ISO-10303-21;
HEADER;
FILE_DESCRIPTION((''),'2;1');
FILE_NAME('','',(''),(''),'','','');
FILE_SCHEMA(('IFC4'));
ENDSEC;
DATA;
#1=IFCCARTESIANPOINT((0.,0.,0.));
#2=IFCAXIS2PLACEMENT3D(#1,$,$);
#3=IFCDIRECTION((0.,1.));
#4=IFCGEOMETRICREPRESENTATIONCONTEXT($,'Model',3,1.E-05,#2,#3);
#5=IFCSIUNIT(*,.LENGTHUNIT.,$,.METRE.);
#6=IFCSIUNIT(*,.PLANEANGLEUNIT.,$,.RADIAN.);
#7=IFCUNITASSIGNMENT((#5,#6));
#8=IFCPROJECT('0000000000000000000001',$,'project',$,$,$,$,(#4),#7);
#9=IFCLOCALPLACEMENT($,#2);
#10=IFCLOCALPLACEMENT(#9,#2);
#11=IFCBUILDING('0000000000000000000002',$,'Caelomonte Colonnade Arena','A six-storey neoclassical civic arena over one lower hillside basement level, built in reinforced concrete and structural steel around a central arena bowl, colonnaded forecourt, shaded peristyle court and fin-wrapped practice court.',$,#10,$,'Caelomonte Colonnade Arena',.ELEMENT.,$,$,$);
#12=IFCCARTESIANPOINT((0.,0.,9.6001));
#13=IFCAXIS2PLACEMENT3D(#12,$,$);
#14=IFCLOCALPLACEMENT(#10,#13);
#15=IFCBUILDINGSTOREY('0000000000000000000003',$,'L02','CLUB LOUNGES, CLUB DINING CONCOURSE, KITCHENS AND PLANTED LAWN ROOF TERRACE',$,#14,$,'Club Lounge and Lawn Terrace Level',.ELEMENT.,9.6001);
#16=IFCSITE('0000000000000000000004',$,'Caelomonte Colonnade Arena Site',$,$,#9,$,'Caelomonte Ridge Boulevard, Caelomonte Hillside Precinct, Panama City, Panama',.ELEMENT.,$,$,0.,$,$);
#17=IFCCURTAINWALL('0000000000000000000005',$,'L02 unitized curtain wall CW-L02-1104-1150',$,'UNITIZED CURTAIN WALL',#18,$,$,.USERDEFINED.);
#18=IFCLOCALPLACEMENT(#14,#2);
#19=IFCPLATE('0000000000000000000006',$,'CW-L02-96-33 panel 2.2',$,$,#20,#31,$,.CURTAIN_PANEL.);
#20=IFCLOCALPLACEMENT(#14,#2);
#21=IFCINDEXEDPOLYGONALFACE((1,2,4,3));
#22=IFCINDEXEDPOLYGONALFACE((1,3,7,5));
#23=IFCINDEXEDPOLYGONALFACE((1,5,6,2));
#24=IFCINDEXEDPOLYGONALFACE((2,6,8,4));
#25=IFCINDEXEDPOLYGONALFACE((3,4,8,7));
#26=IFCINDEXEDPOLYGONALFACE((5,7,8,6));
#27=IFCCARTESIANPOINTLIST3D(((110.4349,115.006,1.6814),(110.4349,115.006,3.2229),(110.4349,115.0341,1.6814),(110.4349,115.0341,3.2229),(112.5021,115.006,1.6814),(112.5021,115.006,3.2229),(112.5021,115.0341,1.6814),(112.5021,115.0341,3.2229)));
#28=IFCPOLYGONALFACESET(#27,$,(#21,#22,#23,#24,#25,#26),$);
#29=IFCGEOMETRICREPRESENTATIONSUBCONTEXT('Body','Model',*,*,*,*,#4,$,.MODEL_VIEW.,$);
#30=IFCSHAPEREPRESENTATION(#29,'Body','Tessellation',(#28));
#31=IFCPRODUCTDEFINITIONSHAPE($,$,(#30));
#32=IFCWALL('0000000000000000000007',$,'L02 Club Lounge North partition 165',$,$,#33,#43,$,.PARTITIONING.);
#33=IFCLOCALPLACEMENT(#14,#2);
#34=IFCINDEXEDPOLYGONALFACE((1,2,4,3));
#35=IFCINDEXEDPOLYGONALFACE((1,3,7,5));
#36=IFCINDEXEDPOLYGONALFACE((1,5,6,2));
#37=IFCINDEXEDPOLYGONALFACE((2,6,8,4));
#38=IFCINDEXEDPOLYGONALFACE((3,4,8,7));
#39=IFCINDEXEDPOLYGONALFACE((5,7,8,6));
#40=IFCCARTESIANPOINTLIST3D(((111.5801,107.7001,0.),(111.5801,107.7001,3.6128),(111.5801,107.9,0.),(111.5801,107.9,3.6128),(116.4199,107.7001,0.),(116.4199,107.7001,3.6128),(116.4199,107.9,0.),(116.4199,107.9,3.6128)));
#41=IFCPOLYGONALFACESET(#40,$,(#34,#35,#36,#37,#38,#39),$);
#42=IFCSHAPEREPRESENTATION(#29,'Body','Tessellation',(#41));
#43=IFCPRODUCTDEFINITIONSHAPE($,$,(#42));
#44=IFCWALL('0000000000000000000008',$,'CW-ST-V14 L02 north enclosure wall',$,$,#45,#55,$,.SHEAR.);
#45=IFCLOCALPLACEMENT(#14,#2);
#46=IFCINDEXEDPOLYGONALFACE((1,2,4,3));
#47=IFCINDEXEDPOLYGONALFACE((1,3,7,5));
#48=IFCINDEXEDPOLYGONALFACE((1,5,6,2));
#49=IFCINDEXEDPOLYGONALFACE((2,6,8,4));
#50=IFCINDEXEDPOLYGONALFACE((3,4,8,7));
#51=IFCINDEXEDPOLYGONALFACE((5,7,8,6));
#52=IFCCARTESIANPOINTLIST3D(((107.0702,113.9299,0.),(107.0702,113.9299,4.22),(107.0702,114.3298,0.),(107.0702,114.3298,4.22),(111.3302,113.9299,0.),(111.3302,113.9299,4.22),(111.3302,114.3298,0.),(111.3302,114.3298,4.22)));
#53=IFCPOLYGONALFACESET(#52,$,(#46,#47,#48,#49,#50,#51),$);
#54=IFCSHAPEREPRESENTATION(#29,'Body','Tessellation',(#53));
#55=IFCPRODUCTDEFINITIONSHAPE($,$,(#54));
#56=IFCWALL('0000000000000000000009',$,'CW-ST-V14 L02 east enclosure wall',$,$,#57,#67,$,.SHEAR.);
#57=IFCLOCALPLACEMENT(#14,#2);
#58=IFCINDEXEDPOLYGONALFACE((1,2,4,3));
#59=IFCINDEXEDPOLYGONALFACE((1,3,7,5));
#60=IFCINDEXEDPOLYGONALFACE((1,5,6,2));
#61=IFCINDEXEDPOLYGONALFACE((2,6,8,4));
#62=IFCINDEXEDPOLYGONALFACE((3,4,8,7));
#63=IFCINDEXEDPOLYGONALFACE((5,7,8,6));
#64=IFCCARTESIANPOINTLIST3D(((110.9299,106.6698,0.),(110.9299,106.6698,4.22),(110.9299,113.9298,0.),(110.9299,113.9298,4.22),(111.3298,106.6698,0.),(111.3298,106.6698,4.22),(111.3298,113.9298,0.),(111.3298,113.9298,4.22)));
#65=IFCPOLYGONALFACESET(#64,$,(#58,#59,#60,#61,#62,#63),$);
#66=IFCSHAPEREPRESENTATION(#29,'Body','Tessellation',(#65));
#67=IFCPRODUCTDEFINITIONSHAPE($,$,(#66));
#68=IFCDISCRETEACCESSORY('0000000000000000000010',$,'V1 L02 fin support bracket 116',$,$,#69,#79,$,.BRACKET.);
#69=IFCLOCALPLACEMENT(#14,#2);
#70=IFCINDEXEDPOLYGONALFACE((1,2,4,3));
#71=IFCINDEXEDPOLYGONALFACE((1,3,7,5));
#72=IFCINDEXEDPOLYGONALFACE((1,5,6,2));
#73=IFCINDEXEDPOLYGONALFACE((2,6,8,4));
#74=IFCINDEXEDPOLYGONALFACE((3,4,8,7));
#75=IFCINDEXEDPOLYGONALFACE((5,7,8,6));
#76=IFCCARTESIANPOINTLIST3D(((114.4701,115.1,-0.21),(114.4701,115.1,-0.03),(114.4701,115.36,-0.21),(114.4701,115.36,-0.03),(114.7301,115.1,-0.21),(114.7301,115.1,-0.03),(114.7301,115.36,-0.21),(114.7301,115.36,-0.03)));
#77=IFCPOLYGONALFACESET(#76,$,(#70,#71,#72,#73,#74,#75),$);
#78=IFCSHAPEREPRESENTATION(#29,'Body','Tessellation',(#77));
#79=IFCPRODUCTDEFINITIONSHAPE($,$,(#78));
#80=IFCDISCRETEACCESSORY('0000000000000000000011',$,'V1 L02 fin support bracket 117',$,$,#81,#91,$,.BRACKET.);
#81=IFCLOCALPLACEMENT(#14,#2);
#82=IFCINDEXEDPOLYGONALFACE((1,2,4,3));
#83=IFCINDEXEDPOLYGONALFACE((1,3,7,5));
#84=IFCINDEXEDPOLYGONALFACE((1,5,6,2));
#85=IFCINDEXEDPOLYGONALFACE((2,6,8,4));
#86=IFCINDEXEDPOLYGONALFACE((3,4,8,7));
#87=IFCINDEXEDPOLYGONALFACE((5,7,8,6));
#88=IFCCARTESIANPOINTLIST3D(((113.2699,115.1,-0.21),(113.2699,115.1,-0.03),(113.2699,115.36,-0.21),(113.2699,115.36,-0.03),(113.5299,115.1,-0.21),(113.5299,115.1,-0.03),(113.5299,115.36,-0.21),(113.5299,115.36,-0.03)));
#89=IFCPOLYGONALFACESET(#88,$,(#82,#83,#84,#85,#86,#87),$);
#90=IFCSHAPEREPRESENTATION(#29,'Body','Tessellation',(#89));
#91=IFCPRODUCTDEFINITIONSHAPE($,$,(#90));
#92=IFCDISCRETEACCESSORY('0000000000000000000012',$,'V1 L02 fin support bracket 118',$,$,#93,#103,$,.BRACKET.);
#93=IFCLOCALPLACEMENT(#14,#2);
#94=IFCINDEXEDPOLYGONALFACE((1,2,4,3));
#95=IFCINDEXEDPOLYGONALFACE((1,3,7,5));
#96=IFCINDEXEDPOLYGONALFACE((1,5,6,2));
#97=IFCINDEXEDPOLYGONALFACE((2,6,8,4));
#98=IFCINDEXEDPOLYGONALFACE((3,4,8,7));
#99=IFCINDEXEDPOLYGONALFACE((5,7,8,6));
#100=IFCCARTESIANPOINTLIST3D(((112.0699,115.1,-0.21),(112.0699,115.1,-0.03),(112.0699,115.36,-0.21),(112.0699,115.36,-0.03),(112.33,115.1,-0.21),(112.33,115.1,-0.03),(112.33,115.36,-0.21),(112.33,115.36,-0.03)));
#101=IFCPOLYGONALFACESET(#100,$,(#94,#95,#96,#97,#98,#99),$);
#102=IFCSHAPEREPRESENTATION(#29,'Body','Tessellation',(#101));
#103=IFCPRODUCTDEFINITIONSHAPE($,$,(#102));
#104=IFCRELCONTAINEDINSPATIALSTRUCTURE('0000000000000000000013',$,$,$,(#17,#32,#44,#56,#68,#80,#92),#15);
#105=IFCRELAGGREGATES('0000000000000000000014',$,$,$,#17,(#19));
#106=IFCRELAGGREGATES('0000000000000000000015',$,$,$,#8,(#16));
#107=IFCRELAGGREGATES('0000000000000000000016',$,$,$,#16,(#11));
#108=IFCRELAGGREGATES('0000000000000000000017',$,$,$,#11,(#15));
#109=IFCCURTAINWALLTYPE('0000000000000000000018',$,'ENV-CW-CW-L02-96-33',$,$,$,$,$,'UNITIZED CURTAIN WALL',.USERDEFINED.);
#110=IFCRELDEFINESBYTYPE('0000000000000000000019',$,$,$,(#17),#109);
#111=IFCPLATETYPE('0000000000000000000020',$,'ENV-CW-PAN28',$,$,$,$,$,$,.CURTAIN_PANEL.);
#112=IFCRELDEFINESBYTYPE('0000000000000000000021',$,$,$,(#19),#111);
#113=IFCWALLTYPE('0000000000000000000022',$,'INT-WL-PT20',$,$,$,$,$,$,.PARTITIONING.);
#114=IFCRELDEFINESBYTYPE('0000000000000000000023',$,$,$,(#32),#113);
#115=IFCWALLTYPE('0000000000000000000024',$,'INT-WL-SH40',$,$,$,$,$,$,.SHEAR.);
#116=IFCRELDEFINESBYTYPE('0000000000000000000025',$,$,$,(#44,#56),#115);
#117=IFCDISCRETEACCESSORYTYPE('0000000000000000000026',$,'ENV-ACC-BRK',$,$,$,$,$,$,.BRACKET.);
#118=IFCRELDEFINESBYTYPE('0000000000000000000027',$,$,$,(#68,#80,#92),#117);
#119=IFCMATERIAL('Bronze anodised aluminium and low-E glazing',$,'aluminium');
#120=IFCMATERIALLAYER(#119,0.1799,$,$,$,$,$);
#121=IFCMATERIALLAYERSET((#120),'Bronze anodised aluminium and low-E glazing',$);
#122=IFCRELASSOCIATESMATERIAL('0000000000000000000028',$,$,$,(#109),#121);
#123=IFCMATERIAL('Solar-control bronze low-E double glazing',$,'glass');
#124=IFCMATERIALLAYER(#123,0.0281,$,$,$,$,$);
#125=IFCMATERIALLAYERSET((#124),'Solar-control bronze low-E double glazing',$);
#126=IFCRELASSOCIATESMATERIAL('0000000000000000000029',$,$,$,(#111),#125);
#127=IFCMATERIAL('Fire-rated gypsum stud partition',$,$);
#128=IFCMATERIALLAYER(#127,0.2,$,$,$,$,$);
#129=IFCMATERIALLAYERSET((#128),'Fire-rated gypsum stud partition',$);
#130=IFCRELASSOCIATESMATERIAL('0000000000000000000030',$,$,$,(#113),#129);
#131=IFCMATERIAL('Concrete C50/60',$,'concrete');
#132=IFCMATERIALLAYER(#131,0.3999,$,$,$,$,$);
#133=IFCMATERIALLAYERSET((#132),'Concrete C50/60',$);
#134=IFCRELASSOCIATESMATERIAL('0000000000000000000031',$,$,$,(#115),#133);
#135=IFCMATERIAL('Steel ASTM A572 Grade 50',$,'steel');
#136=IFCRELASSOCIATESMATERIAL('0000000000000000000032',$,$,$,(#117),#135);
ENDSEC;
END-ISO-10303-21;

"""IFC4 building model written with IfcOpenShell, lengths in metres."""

from ifc_helpers import new_model, si_unit, direction, frame, frame_2d, origin, origin_2d, place, context, subcontext, project, spatial, rectangle, extrude, material, layer, layer_set, type_object, element, aggregate, save


model = new_model("IFC4")

# Units and contexts
model_context = context("Model", 3, precision=1e-05, world=origin(), true_north=direction((0.0, 1.0)))
body_context = subcontext(model_context, "Body", "Model", "MODEL_VIEW")
ifc_project = project(units=[si_unit("LENGTHUNIT", "METRE"), si_unit("PLANEANGLEUNIT", "RADIAN")], contexts=[model_context])

# Site, building, storey
site_placement = place(None, origin())
site = spatial("IfcSite", under=ifc_project, at=site_placement, Name="Caelomonte Colonnade Arena Site", LongName="Caelomonte Ridge Boulevard, Caelomonte Hillside Precinct, Panama City, Panama", CompositionType="ELEMENT", RefElevation=0.0)
building_placement = place(site_placement, origin())
building = spatial("IfcBuilding", under=site, at=building_placement, Name="Caelomonte Colonnade Arena", Description="A six-storey neoclassical civic arena over one lower hillside basement level, built in reinforced concrete and structural steel around a central arena bowl, colonnaded forecourt, shaded peristyle court and fin-wrapped practice court.", LongName="Caelomonte Colonnade Arena", CompositionType="ELEMENT")
storey_placement = place(building_placement, frame((0.0, 0.0, 9.6001)))
storey = spatial("IfcBuildingStorey", under=building, at=storey_placement, Name="L02", Description="CLUB LOUNGES, CLUB DINING CONCOURSE, KITCHENS AND PLANTED LAWN ROOF TERRACE", LongName="Club Lounge and Lawn Terrace Level", CompositionType="ELEMENT", Elevation=9.6001)

# Shared definitions
ifc_material_1 = material(Name="Concrete C50/60", Category="concrete")

# Shared definitions
ifc_material_2 = material(Name="Bronze anodised aluminium and low-E glazing", Category="aluminium")
ifc_layer_1 = layer(ifc_material_2, 0.1799)
ifc_layer_set_1 = layer_set([ifc_layer_1], Name="Bronze anodised aluminium and low-E glazing")
curtain_wall_type = type_object("IfcCurtainWallType", Name="ENV-CW-CW-L02-96-33", ElementType="UNITIZED CURTAIN WALL", PredefinedType="USERDEFINED", material=ifc_layer_set_1)

# Curtain wall
curtain_wall_1_placement = place(storey_placement, origin())
curtain_wall_1 = element("IfcCurtainWall", 1, at=curtain_wall_1_placement, inside=storey, type_object=curtain_wall_type, Name="L02 unitized curtain wall CW-L02-1104-1150", ObjectType="UNITIZED CURTAIN WALL", PredefinedType="USERDEFINED")

# Plate
ifc_material_3 = material(Name="Solar-control bronze low-E double glazing", Category="glass")
ifc_layer_2 = layer(ifc_material_3, 0.0281)
ifc_layer_set_2 = layer_set([ifc_layer_2], Name="Solar-control bronze low-E double glazing")
plate_type = type_object("IfcPlateType", Name="ENV-CW-PAN28", PredefinedType="CURTAIN_PANEL", material=ifc_layer_set_2)
plate_1_placement = place(storey_placement, frame((111.4685, 115.02, 1.6814), z_axis=(0.0, 0.0, 1.0), x_axis=(-1.0, 0.0, 0.0)))
plate_1 = element("IfcPlate", 2, at=plate_1_placement, type_object=plate_type, Name="CW-L02-96-33 panel 2.2", PredefinedType="CURTAIN_PANEL", context=body_context, shape_type="SweptSolid", body=[
    extrude(rectangle(XDim=2.0671, YDim=0.0281, at=origin_2d()), origin(), (0.0, 0.0, 1.0), 1.5415),
])
aggregate(curtain_wall_1, [plate_1])

# Walls
ifc_material_4 = material(Name="Fire-rated gypsum stud partition")
ifc_layer_3 = layer(ifc_material_4, 0.2)
ifc_layer_set_3 = layer_set([ifc_layer_3], Name="Fire-rated gypsum stud partition")
wall_type_1 = type_object("IfcWallType", Name="INT-WL-PT20", PredefinedType="PARTITIONING", material=ifc_layer_set_3)
wall_1_placement = place(storey_placement, frame((111.5801, 107.8, 0.0), z_axis=(0.0, 0.0, 1.0), x_axis=(1.0, 0.0, 0.0)))
element("IfcWall", 3, at=wall_1_placement, inside=storey, type_object=wall_type_1, Name="L02 Club Lounge North partition 165", PredefinedType="PARTITIONING", context=body_context, shape_type="SweptSolid", body=[
    extrude(rectangle(XDim=4.8398, YDim=0.2, at=frame_2d((2.4199, 0.0))), origin(), (0.0, 0.0, 1.0), 3.6128),
])
ifc_layer_4 = layer(ifc_material_1, 0.3999)
ifc_layer_set_4 = layer_set([ifc_layer_4], Name="Concrete C50/60")
wall_type_2 = type_object("IfcWallType", Name="INT-WL-SH40", PredefinedType="SHEAR", material=ifc_layer_set_4)
wall_2_placement = place(storey_placement, frame((111.3301, 114.1299, 0.0), z_axis=(0.0, 0.0, 1.0), x_axis=(-1.0, 0.0, 0.0)))
element("IfcWall", 4, at=wall_2_placement, inside=storey, type_object=wall_type_2, Name="CW-ST-V14 L02 north enclosure wall", PredefinedType="SHEAR", context=body_context, shape_type="SweptSolid", body=[
    extrude(rectangle(XDim=4.26, YDim=0.3999, at=frame_2d((2.1299, 0.0))), origin(), (0.0, 0.0, 1.0), 4.22),
])
wall_3_placement = place(storey_placement, frame((111.1299, 106.6699, 0.0), z_axis=(0.0, 0.0, 1.0), x_axis=(0.0, 1.0, 0.0)))
element("IfcWall", 5, at=wall_3_placement, inside=storey, type_object=wall_type_2, Name="CW-ST-V14 L02 east enclosure wall", PredefinedType="SHEAR", context=body_context, shape_type="SweptSolid", body=[
    extrude(rectangle(XDim=7.26, YDim=0.3999, at=frame_2d((3.6299, 0.0))), origin(), (0.0, 0.0, 1.0), 4.22),
])

# Discrete accessories
ifc_material_5 = material(Name="Steel ASTM A572 Grade 50", Category="steel")
discrete_accessory_type = type_object("IfcDiscreteAccessoryType", Name="ENV-ACC-BRK", PredefinedType="BRACKET", material=ifc_material_5)
for number, where, z_axis, x_axis, name in (
    (6, (114.6001, 115.23, -0.21), (0.0, 0.0, 1.0), (-1.0, 0.0, 0.0), "V1 L02 fin support bracket 116"),
    (7, (113.3999, 115.23, -0.21), (0.0, 0.0, 1.0), (-1.0, 0.0, 0.0), "V1 L02 fin support bracket 117"),
    (8, (112.2, 115.23, -0.21), (0.0, 0.0, 1.0), (-1.0, 0.0, 0.0), "V1 L02 fin support bracket 118"),
):
    element("IfcDiscreteAccessory", number, at=place(storey_placement, frame(where, z_axis=z_axis, x_axis=x_axis)), inside=storey, type_object=discrete_accessory_type, Name=name, PredefinedType="BRACKET", context=body_context, shape_type="SweptSolid", body=[
        extrude(rectangle(XDim=0.26, YDim=0.26, at=origin_2d()), origin(), (0.0, 0.0, 1.0), 0.1799),
    ])

save(model, "model.ifc")
